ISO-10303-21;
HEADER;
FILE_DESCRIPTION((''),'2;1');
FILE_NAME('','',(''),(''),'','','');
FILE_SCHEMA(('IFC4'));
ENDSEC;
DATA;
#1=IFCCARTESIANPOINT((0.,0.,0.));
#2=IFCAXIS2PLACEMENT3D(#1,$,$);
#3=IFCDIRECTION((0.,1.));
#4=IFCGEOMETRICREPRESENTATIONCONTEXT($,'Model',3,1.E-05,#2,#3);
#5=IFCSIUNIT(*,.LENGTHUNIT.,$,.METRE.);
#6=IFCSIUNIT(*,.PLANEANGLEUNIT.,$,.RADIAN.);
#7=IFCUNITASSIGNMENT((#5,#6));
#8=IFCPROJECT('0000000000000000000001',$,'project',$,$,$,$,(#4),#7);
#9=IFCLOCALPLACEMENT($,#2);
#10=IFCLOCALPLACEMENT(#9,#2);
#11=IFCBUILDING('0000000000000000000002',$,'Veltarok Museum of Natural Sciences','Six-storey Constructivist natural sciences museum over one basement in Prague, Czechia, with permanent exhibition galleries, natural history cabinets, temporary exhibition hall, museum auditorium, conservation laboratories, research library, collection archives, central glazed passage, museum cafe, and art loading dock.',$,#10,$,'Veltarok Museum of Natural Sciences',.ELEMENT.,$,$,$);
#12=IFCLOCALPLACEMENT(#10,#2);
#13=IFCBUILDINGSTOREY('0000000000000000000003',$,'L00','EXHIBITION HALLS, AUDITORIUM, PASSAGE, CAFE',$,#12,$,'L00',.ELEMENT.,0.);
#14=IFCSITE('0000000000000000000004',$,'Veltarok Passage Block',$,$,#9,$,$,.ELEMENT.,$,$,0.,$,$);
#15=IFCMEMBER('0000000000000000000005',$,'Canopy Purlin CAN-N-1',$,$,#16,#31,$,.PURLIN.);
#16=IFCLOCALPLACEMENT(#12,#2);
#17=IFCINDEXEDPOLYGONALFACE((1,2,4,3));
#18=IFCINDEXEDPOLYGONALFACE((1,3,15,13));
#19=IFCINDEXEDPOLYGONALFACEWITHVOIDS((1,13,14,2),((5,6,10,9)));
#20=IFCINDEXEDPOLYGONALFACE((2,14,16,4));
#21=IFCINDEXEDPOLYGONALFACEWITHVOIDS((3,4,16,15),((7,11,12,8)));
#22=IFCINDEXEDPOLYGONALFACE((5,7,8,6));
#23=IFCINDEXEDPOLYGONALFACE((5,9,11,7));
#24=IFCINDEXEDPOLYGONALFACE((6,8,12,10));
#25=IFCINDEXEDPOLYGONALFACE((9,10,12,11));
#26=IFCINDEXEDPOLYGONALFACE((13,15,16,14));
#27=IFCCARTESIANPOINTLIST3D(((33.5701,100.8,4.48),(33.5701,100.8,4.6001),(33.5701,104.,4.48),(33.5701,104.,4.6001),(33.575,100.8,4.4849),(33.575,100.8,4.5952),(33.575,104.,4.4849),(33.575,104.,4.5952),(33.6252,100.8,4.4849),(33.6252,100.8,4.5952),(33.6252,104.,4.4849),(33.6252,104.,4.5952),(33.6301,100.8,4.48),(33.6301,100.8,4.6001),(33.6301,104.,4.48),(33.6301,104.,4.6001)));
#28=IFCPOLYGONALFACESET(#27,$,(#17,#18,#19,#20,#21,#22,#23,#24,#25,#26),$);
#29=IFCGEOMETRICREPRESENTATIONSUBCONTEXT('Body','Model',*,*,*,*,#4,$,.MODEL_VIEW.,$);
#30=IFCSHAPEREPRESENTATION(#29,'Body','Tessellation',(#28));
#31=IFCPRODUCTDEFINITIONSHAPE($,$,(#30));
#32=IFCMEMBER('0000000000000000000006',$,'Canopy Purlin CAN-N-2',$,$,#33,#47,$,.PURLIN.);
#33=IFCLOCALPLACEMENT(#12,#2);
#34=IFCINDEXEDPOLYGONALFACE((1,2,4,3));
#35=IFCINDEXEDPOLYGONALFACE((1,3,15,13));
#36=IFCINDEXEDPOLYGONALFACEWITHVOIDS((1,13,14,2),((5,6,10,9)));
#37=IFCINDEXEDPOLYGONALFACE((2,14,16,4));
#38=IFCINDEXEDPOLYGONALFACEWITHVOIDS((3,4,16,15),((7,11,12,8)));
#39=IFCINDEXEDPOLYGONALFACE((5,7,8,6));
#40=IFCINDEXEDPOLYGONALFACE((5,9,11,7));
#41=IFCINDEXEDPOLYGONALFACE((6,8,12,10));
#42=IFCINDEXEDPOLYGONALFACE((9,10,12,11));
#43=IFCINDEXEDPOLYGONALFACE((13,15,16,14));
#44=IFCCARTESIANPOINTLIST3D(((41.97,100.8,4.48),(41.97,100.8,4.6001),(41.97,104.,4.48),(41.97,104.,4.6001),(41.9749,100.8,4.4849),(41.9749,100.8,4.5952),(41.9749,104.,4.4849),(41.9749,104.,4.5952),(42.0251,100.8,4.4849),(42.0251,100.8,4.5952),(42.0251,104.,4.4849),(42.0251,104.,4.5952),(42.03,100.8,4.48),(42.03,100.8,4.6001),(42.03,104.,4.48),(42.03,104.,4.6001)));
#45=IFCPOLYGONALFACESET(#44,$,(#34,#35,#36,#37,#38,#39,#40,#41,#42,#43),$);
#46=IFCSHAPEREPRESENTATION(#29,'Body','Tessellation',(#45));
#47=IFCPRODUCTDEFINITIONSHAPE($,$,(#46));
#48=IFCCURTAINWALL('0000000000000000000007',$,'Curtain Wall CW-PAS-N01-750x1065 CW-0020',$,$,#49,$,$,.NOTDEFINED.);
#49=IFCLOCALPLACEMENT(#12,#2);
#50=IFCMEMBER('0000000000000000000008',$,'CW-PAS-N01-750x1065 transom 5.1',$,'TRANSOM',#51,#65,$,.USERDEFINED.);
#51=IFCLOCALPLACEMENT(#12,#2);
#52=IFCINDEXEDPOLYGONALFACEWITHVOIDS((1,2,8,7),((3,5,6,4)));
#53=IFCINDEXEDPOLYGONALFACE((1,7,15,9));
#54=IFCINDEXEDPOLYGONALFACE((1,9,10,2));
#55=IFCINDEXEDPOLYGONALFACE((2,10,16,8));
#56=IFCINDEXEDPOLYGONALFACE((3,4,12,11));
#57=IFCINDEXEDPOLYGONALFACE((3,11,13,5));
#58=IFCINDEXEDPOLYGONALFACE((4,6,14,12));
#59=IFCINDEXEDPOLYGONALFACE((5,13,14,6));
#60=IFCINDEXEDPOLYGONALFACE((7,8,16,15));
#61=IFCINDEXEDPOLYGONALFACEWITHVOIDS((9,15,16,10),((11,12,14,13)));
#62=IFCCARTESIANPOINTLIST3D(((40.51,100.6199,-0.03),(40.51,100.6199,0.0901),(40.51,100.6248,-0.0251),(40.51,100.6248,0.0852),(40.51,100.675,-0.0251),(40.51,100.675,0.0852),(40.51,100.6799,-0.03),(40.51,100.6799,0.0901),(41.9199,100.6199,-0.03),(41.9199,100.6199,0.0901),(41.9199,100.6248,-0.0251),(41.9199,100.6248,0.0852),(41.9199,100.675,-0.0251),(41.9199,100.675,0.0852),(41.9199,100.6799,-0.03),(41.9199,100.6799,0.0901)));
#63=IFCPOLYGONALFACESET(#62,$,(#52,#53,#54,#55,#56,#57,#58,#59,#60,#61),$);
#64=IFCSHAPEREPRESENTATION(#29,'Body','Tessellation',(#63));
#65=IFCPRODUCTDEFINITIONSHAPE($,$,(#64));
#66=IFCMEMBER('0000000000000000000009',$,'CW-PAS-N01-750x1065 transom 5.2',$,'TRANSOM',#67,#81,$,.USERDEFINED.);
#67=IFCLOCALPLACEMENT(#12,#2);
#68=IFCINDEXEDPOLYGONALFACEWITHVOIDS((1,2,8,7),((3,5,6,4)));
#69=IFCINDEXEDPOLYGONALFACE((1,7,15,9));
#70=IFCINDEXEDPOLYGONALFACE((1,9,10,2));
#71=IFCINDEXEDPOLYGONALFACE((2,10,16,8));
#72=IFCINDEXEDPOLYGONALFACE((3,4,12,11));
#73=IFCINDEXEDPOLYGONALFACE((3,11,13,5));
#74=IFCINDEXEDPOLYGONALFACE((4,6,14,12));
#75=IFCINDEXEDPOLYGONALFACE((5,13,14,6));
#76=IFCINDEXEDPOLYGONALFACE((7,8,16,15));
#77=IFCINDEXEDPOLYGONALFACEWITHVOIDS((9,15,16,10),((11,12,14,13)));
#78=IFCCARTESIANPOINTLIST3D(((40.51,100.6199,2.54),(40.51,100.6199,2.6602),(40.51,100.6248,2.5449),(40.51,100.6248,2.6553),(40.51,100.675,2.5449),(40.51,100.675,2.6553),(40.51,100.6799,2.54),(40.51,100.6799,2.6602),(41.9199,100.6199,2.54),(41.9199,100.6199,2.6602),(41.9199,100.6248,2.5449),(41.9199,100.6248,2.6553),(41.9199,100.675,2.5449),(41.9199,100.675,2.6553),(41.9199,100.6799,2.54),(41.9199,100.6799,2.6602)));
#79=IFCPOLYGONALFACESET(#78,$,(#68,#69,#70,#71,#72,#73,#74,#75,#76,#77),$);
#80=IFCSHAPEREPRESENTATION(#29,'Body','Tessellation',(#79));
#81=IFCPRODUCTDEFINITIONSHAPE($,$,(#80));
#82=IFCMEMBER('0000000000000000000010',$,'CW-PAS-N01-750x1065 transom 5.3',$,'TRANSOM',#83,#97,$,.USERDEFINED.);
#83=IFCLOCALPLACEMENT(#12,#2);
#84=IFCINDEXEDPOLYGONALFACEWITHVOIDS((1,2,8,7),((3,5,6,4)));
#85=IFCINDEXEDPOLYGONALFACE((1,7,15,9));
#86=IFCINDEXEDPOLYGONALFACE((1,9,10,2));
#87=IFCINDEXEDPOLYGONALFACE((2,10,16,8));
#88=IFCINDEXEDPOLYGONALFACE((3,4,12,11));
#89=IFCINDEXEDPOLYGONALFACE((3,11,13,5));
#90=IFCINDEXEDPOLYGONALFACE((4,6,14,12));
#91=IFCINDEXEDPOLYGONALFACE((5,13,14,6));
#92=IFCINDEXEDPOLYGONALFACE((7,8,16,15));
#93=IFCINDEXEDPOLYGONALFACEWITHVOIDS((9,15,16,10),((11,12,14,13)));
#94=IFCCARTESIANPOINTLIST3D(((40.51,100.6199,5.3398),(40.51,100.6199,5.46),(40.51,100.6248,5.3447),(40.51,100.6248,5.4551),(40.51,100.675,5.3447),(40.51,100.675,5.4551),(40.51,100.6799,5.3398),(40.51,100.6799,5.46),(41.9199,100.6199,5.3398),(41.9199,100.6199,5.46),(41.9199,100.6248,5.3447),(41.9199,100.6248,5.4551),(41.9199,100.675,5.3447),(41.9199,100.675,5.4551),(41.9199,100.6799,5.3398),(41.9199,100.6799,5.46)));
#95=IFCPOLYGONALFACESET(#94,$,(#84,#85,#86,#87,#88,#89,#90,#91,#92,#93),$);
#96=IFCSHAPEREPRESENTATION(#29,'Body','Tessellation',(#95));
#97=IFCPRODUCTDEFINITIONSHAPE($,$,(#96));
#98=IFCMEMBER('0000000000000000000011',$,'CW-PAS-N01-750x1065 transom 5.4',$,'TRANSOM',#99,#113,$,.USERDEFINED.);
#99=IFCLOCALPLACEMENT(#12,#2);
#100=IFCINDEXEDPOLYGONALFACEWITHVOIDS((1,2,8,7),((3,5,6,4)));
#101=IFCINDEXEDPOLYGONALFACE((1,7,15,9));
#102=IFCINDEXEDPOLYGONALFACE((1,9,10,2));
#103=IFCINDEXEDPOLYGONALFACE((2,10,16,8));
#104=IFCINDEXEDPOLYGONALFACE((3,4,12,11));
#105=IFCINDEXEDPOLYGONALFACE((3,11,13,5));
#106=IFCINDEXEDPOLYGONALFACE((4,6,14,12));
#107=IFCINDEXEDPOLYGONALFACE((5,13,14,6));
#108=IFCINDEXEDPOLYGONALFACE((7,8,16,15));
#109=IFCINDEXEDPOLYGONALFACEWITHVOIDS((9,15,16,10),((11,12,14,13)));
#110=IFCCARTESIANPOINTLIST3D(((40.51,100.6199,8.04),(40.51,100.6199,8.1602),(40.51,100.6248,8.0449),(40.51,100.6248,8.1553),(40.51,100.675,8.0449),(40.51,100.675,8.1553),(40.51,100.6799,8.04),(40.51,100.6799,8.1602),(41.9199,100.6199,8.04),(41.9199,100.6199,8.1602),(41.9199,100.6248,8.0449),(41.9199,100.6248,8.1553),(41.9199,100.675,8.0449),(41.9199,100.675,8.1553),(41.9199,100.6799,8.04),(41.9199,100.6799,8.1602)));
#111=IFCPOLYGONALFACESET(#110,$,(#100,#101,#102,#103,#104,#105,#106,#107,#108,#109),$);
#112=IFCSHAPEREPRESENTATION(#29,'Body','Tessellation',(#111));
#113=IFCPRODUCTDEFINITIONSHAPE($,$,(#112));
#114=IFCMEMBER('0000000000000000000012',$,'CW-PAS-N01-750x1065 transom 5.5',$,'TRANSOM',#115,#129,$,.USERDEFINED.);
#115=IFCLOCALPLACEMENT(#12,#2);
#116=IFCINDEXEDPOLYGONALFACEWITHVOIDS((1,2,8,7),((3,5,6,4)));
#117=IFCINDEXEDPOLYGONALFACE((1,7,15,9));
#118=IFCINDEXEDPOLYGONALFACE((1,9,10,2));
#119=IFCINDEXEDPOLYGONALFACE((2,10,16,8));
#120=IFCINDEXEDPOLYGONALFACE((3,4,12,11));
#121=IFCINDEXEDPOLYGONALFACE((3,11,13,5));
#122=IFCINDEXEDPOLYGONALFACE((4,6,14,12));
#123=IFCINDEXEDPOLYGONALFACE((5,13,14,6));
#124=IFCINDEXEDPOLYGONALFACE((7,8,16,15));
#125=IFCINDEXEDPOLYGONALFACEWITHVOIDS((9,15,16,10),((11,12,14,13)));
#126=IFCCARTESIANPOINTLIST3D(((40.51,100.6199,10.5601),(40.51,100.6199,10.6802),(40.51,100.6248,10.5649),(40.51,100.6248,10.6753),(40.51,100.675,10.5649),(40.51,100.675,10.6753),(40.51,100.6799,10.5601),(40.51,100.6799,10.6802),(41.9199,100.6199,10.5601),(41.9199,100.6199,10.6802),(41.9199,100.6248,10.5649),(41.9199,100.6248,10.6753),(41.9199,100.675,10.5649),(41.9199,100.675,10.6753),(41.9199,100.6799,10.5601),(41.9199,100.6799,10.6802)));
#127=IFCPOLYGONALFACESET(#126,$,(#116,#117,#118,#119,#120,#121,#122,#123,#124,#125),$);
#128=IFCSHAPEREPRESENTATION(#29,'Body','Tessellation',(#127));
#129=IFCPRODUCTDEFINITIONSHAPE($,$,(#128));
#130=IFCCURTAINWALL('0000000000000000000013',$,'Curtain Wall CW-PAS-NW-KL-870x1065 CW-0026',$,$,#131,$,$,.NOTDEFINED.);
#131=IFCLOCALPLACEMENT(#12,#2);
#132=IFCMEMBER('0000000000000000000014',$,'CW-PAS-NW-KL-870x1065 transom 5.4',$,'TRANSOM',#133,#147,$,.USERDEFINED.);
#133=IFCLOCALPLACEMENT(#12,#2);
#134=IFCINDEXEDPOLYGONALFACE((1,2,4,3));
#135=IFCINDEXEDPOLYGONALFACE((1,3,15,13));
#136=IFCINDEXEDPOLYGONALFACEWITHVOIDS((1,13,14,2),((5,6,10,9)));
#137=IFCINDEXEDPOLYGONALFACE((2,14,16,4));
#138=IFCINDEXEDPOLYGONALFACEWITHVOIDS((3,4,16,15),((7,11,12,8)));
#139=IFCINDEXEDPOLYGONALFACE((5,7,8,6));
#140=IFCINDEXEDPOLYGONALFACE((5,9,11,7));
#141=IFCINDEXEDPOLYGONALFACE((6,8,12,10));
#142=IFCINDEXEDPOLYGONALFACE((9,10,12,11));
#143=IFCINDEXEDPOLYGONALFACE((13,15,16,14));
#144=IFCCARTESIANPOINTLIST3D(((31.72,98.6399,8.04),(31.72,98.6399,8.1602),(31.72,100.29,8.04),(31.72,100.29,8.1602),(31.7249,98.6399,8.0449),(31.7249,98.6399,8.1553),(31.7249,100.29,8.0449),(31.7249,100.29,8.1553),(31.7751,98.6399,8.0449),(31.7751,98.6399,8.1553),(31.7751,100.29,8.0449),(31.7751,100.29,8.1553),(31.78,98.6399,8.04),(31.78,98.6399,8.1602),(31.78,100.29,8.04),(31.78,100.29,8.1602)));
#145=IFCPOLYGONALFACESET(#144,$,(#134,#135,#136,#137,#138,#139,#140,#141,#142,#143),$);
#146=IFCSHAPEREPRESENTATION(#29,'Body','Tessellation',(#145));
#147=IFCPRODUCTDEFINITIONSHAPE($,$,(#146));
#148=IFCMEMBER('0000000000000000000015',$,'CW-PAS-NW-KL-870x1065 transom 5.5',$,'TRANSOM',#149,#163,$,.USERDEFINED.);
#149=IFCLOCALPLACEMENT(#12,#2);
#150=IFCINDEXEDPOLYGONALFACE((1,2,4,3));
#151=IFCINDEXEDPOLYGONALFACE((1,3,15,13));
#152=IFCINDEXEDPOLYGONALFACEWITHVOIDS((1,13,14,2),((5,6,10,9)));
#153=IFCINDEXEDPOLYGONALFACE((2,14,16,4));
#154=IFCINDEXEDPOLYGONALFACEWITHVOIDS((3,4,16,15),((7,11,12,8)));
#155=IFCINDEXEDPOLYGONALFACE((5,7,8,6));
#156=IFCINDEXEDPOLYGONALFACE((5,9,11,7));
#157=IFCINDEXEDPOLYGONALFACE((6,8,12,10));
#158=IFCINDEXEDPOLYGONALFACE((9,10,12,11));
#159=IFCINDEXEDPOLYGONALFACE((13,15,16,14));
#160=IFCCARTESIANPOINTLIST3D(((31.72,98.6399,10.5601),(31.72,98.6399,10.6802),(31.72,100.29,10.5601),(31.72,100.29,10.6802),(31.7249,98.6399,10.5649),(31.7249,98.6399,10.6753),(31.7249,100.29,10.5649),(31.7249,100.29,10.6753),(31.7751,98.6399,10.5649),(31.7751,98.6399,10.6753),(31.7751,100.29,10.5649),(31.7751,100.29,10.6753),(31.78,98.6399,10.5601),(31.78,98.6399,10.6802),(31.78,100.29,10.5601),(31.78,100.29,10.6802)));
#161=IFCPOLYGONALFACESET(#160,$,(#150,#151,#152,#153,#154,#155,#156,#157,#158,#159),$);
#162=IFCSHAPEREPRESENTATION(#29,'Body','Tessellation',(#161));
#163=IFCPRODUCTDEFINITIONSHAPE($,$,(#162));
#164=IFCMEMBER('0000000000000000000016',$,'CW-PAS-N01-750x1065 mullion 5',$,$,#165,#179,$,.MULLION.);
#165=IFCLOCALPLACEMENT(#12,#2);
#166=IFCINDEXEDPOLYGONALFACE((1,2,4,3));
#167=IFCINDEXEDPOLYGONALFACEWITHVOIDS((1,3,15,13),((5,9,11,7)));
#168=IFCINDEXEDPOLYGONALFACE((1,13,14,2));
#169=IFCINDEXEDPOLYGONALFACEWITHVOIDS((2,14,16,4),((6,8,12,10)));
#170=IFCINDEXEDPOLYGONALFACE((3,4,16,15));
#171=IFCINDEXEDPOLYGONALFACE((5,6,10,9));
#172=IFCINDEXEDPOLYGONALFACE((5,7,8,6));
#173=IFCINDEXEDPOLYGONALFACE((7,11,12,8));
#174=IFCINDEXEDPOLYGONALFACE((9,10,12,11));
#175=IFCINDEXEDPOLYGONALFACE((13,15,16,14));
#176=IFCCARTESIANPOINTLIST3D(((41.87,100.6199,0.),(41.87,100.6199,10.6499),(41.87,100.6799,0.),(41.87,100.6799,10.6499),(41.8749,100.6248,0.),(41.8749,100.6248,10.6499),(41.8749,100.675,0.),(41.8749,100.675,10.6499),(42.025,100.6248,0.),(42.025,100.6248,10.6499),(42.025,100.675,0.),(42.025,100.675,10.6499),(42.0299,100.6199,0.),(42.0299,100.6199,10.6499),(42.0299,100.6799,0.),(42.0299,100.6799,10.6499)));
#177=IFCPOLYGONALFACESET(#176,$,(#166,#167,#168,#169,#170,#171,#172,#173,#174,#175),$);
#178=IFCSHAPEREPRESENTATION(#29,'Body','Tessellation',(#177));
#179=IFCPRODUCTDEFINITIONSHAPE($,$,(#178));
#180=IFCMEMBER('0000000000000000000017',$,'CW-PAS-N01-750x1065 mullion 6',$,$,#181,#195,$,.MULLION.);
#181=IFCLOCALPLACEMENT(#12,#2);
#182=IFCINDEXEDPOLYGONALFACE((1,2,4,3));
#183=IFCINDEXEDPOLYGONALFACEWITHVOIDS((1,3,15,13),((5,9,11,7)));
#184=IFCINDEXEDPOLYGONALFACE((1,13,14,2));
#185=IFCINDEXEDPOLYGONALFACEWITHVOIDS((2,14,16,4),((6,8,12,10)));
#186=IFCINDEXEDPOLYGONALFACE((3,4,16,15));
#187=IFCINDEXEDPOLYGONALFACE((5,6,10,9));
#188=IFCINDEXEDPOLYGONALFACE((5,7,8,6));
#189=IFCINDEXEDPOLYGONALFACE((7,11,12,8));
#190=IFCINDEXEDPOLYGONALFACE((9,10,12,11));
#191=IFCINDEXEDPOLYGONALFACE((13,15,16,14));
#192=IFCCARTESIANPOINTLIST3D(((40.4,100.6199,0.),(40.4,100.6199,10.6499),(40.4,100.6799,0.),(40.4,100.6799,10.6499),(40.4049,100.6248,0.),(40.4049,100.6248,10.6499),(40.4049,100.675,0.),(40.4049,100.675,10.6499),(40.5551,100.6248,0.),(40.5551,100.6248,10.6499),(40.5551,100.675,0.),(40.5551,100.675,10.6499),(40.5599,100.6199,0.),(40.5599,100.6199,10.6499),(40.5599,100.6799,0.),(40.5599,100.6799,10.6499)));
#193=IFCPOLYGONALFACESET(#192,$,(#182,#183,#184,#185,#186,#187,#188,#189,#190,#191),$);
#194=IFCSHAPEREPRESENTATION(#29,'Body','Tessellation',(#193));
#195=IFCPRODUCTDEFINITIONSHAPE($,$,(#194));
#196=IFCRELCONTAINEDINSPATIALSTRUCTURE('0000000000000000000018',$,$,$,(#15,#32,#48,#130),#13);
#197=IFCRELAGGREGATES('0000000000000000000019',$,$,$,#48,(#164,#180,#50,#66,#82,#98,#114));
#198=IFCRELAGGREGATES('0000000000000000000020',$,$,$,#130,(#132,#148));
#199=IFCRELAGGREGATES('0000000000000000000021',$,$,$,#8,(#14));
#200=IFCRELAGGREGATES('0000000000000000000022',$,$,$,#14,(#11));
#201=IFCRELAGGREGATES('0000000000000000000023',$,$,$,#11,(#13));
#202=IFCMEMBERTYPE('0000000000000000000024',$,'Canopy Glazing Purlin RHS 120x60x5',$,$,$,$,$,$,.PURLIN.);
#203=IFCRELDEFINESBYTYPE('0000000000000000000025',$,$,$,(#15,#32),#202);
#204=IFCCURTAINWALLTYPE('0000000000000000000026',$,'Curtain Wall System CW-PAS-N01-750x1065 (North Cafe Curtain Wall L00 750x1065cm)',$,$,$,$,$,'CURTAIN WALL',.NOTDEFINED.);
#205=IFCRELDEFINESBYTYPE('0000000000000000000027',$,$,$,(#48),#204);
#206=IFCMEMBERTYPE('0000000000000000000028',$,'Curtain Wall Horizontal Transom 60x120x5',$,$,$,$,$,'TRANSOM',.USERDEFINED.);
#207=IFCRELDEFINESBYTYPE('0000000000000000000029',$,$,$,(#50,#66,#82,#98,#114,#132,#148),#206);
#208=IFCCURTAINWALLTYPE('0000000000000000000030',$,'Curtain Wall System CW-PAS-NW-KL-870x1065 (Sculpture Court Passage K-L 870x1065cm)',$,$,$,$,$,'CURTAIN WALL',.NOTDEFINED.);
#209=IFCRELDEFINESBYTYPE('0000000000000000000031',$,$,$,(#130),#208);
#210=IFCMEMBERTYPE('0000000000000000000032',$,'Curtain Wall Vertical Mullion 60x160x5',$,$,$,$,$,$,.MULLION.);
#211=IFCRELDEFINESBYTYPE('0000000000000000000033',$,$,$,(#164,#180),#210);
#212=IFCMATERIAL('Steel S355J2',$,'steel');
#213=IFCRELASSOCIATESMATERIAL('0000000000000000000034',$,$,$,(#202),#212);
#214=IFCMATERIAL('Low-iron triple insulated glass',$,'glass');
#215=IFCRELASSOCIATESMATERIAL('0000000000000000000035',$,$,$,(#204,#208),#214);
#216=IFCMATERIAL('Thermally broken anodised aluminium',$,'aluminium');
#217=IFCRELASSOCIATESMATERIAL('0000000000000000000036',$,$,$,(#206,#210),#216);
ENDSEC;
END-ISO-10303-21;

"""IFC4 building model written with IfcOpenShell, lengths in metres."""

from ifc_helpers import new_model, si_unit, direction, frame, origin, origin_2d, place, context, subcontext, project, spatial, hollow_rectangle, extrude, material, material_profile, profile_set, type_object, element, aggregate, save


model = new_model("IFC4")

# Units and contexts
model_context = context("Model", 3, precision=1e-05, world=origin(), true_north=direction((0.0, 1.0)))
body_context = subcontext(model_context, "Body", "Model", "MODEL_VIEW")
ifc_project = project(units=[si_unit("LENGTHUNIT", "METRE"), si_unit("PLANEANGLEUNIT", "RADIAN")], contexts=[model_context])

# Site, building, storey
site_placement = place(None, origin())
site = spatial("IfcSite", under=ifc_project, at=site_placement, Name="Veltarok Passage Block", CompositionType="ELEMENT", RefElevation=0.0)
building_placement = place(site_placement, origin())
building = spatial("IfcBuilding", under=site, at=building_placement, Name="Veltarok Museum of Natural Sciences", Description="Six-storey Constructivist natural sciences museum over one basement in Prague, Czechia, with permanent exhibition galleries, natural history cabinets, temporary exhibition hall, museum auditorium, conservation laboratories, research library, collection archives, central glazed passage, museum cafe, and art loading dock.", LongName="Veltarok Museum of Natural Sciences", CompositionType="ELEMENT")
storey_placement = place(building_placement, origin())
storey = spatial("IfcBuildingStorey", under=building, at=storey_placement, Name="L00", Description="EXHIBITION HALLS, AUDITORIUM, PASSAGE, CAFE", LongName="L00", CompositionType="ELEMENT", Elevation=0.0)

# Shared definitions
ifc_material_1 = material(Name="Steel S355J2", Category="steel")

# Members
ifc_material_profile_1 = material_profile(ifc_material_1, hollow_rectangle(XDim=0.0601, YDim=0.1201, WallThickness=0.0049, at=origin_2d()), Name="RHS 120x60x5")
ifc_profile_set_1 = profile_set([ifc_material_profile_1], Name="Steel S355J2")
member_type_1 = type_object("IfcMemberType", Name="Canopy Glazing Purlin RHS 120x60x5", PredefinedType="PURLIN", material=ifc_profile_set_1)
for number, where, z_axis, x_axis, name in (
    (1, (33.6001, 104.0, 4.54), (0.0, -1.0, 0.0), (1.0, 0.0, 0.0), "Canopy Purlin CAN-N-1"),
    (2, (42.0, 104.0, 4.54), (0.0, -1.0, 0.0), (1.0, 0.0, 0.0), "Canopy Purlin CAN-N-2"),
):
    element("IfcMember", number, at=place(storey_placement, frame(where, z_axis=z_axis, x_axis=x_axis)), inside=storey, type_object=member_type_1, Name=name, PredefinedType="PURLIN", context=body_context, shape_type="SweptSolid", body=[
        extrude(hollow_rectangle(XDim=0.0601, YDim=0.1201, WallThickness=0.0049, at=origin_2d()), origin(), (0.0, 0.0, 1.0), 3.2),
    ])

# Curtain walls, members
ifc_material_2 = material(Name="Low-iron triple insulated glass", Category="glass")
curtain_wall_type_1 = type_object("IfcCurtainWallType", Name="Curtain Wall System CW-PAS-N01-750x1065 (North Cafe Curtain Wall L00 750x1065cm)", ElementType="CURTAIN WALL", PredefinedType="NOTDEFINED", material=ifc_material_2)
curtain_wall_1_placement = place(storey_placement, origin())
curtain_wall_1 = element("IfcCurtainWall", 3, at=curtain_wall_1_placement, inside=storey, type_object=curtain_wall_type_1, Name="Curtain Wall CW-PAS-N01-750x1065 CW-0020", PredefinedType="NOTDEFINED")
ifc_material_3 = material(Name="Thermally broken anodised aluminium", Category="aluminium")
ifc_material_profile_2 = material_profile(ifc_material_3, hollow_rectangle(XDim=0.0601, YDim=0.1201, WallThickness=0.0049, at=origin_2d()), Name="CW TRANSOM 60x120x5")
ifc_profile_set_2 = profile_set([ifc_material_profile_2], Name="Thermally broken anodised aluminium")
member_type_2 = type_object("IfcMemberType", Name="Curtain Wall Horizontal Transom 60x120x5", ElementType="TRANSOM", PredefinedType="USERDEFINED", material=ifc_profile_set_2)
member_1_placement = place(storey_placement, frame((41.9199, 100.6499, 0.03), z_axis=(-1.0, 0.0, 0.0), x_axis=(0.0, -1.0, 0.0)))
member_1 = element("IfcMember", 4, at=member_1_placement, type_object=member_type_2, Name="CW-PAS-N01-750x1065 transom 5.1", ObjectType="TRANSOM", PredefinedType="USERDEFINED", context=body_context, shape_type="SweptSolid", body=[
    extrude(hollow_rectangle(XDim=0.0601, YDim=0.1201, WallThickness=0.0049, at=origin_2d()), origin(), (0.0, 0.0, 1.0), 1.4099),
])
member_2_placement = place(storey_placement, frame((41.9199, 100.6499, 2.6001), z_axis=(-1.0, 0.0, 0.0), x_axis=(0.0, -1.0, 0.0)))
member_2 = element("IfcMember", 5, at=member_2_placement, type_object=member_type_2, Name="CW-PAS-N01-750x1065 transom 5.2", ObjectType="TRANSOM", PredefinedType="USERDEFINED", context=body_context, shape_type="SweptSolid", body=[
    extrude(hollow_rectangle(XDim=0.0601, YDim=0.1201, WallThickness=0.0049, at=origin_2d()), origin(), (0.0, 0.0, 1.0), 1.4099),
])
member_3_placement = place(storey_placement, frame((41.9199, 100.6499, 5.3999), z_axis=(-1.0, 0.0, 0.0), x_axis=(0.0, -1.0, 0.0)))
member_3 = element("IfcMember", 6, at=member_3_placement, type_object=member_type_2, Name="CW-PAS-N01-750x1065 transom 5.3", ObjectType="TRANSOM", PredefinedType="USERDEFINED", context=body_context, shape_type="SweptSolid", body=[
    extrude(hollow_rectangle(XDim=0.0601, YDim=0.1201, WallThickness=0.0049, at=origin_2d()), origin(), (0.0, 0.0, 1.0), 1.4099),
])
member_4_placement = place(storey_placement, frame((41.9199, 100.6499, 8.1001), z_axis=(-1.0, 0.0, 0.0), x_axis=(0.0, -1.0, 0.0)))
member_4 = element("IfcMember", 7, at=member_4_placement, type_object=member_type_2, Name="CW-PAS-N01-750x1065 transom 5.4", ObjectType="TRANSOM", PredefinedType="USERDEFINED", context=body_context, shape_type="SweptSolid", body=[
    extrude(hollow_rectangle(XDim=0.0601, YDim=0.1201, WallThickness=0.0049, at=origin_2d()), origin(), (0.0, 0.0, 1.0), 1.4099),
])
member_5_placement = place(storey_placement, frame((41.9199, 100.6499, 10.6201), z_axis=(-1.0, 0.0, 0.0), x_axis=(0.0, -1.0, 0.0)))
member_5 = element("IfcMember", 8, at=member_5_placement, type_object=member_type_2, Name="CW-PAS-N01-750x1065 transom 5.5", ObjectType="TRANSOM", PredefinedType="USERDEFINED", context=body_context, shape_type="SweptSolid", body=[
    extrude(hollow_rectangle(XDim=0.0601, YDim=0.1201, WallThickness=0.0049, at=origin_2d()), origin(), (0.0, 0.0, 1.0), 1.4099),
])
curtain_wall_type_2 = type_object("IfcCurtainWallType", Name="Curtain Wall System CW-PAS-NW-KL-870x1065 (Sculpture Court Passage K-L 870x1065cm)", ElementType="CURTAIN WALL", PredefinedType="NOTDEFINED", material=ifc_material_2)
curtain_wall_2_placement = place(storey_placement, origin())
curtain_wall_2 = element("IfcCurtainWall", 9, at=curtain_wall_2_placement, inside=storey, type_object=curtain_wall_type_2, Name="Curtain Wall CW-PAS-NW-KL-870x1065 CW-0026", PredefinedType="NOTDEFINED")
member_6_placement = place(storey_placement, frame((31.75, 98.6399, 8.1001), z_axis=(0.0, 1.0, 0.0), x_axis=(-1.0, 0.0, 0.0)))
member_6 = element("IfcMember", 10, at=member_6_placement, type_object=member_type_2, Name="CW-PAS-NW-KL-870x1065 transom 5.4", ObjectType="TRANSOM", PredefinedType="USERDEFINED", context=body_context, shape_type="SweptSolid", body=[
    extrude(hollow_rectangle(XDim=0.0601, YDim=0.1201, WallThickness=0.0049, at=origin_2d()), origin(), (0.0, 0.0, 1.0), 1.6501),
])
member_7_placement = place(storey_placement, frame((31.75, 98.6399, 10.6201), z_axis=(0.0, 1.0, 0.0), x_axis=(-1.0, 0.0, 0.0)))
member_7 = element("IfcMember", 11, at=member_7_placement, type_object=member_type_2, Name="CW-PAS-NW-KL-870x1065 transom 5.5", ObjectType="TRANSOM", PredefinedType="USERDEFINED", context=body_context, shape_type="SweptSolid", body=[
    extrude(hollow_rectangle(XDim=0.0601, YDim=0.1201, WallThickness=0.0049, at=origin_2d()), origin(), (0.0, 0.0, 1.0), 1.6501),
])

# Members
ifc_material_profile_3 = material_profile(ifc_material_3, hollow_rectangle(XDim=0.0601, YDim=0.1599, WallThickness=0.0049, at=origin_2d()), Name="CW MULLION 60x160x5")
ifc_profile_set_3 = profile_set([ifc_material_profile_3], Name="Thermally broken anodised aluminium")
member_type_3 = type_object("IfcMemberType", Name="Curtain Wall Vertical Mullion 60x160x5", PredefinedType="MULLION", material=ifc_profile_set_3)
member_8_placement = place(storey_placement, frame((41.95, 100.6499, 0.0), z_axis=(0.0, 0.0, 1.0), x_axis=(0.0, -1.0, 0.0)))
member_8 = element("IfcMember", 12, at=member_8_placement, type_object=member_type_3, Name="CW-PAS-N01-750x1065 mullion 5", PredefinedType="MULLION", context=body_context, shape_type="SweptSolid", body=[
    extrude(hollow_rectangle(XDim=0.0601, YDim=0.1599, WallThickness=0.0049, at=origin_2d()), origin(), (0.0, 0.0, 1.0), 10.6499),
])
member_9_placement = place(storey_placement, frame((40.48, 100.6499, 0.0), z_axis=(0.0, 0.0, 1.0), x_axis=(0.0, -1.0, 0.0)))
member_9 = element("IfcMember", 13, at=member_9_placement, type_object=member_type_3, Name="CW-PAS-N01-750x1065 mullion 6", PredefinedType="MULLION", context=body_context, shape_type="SweptSolid", body=[
    extrude(hollow_rectangle(XDim=0.0601, YDim=0.1599, WallThickness=0.0049, at=origin_2d()), origin(), (0.0, 0.0, 1.0), 10.6499),
])

aggregate(curtain_wall_1, [member_8, member_9, member_1, member_2, member_3, member_4, member_5])
aggregate(curtain_wall_2, [member_6, member_7])

save(model, "model.ifc")
